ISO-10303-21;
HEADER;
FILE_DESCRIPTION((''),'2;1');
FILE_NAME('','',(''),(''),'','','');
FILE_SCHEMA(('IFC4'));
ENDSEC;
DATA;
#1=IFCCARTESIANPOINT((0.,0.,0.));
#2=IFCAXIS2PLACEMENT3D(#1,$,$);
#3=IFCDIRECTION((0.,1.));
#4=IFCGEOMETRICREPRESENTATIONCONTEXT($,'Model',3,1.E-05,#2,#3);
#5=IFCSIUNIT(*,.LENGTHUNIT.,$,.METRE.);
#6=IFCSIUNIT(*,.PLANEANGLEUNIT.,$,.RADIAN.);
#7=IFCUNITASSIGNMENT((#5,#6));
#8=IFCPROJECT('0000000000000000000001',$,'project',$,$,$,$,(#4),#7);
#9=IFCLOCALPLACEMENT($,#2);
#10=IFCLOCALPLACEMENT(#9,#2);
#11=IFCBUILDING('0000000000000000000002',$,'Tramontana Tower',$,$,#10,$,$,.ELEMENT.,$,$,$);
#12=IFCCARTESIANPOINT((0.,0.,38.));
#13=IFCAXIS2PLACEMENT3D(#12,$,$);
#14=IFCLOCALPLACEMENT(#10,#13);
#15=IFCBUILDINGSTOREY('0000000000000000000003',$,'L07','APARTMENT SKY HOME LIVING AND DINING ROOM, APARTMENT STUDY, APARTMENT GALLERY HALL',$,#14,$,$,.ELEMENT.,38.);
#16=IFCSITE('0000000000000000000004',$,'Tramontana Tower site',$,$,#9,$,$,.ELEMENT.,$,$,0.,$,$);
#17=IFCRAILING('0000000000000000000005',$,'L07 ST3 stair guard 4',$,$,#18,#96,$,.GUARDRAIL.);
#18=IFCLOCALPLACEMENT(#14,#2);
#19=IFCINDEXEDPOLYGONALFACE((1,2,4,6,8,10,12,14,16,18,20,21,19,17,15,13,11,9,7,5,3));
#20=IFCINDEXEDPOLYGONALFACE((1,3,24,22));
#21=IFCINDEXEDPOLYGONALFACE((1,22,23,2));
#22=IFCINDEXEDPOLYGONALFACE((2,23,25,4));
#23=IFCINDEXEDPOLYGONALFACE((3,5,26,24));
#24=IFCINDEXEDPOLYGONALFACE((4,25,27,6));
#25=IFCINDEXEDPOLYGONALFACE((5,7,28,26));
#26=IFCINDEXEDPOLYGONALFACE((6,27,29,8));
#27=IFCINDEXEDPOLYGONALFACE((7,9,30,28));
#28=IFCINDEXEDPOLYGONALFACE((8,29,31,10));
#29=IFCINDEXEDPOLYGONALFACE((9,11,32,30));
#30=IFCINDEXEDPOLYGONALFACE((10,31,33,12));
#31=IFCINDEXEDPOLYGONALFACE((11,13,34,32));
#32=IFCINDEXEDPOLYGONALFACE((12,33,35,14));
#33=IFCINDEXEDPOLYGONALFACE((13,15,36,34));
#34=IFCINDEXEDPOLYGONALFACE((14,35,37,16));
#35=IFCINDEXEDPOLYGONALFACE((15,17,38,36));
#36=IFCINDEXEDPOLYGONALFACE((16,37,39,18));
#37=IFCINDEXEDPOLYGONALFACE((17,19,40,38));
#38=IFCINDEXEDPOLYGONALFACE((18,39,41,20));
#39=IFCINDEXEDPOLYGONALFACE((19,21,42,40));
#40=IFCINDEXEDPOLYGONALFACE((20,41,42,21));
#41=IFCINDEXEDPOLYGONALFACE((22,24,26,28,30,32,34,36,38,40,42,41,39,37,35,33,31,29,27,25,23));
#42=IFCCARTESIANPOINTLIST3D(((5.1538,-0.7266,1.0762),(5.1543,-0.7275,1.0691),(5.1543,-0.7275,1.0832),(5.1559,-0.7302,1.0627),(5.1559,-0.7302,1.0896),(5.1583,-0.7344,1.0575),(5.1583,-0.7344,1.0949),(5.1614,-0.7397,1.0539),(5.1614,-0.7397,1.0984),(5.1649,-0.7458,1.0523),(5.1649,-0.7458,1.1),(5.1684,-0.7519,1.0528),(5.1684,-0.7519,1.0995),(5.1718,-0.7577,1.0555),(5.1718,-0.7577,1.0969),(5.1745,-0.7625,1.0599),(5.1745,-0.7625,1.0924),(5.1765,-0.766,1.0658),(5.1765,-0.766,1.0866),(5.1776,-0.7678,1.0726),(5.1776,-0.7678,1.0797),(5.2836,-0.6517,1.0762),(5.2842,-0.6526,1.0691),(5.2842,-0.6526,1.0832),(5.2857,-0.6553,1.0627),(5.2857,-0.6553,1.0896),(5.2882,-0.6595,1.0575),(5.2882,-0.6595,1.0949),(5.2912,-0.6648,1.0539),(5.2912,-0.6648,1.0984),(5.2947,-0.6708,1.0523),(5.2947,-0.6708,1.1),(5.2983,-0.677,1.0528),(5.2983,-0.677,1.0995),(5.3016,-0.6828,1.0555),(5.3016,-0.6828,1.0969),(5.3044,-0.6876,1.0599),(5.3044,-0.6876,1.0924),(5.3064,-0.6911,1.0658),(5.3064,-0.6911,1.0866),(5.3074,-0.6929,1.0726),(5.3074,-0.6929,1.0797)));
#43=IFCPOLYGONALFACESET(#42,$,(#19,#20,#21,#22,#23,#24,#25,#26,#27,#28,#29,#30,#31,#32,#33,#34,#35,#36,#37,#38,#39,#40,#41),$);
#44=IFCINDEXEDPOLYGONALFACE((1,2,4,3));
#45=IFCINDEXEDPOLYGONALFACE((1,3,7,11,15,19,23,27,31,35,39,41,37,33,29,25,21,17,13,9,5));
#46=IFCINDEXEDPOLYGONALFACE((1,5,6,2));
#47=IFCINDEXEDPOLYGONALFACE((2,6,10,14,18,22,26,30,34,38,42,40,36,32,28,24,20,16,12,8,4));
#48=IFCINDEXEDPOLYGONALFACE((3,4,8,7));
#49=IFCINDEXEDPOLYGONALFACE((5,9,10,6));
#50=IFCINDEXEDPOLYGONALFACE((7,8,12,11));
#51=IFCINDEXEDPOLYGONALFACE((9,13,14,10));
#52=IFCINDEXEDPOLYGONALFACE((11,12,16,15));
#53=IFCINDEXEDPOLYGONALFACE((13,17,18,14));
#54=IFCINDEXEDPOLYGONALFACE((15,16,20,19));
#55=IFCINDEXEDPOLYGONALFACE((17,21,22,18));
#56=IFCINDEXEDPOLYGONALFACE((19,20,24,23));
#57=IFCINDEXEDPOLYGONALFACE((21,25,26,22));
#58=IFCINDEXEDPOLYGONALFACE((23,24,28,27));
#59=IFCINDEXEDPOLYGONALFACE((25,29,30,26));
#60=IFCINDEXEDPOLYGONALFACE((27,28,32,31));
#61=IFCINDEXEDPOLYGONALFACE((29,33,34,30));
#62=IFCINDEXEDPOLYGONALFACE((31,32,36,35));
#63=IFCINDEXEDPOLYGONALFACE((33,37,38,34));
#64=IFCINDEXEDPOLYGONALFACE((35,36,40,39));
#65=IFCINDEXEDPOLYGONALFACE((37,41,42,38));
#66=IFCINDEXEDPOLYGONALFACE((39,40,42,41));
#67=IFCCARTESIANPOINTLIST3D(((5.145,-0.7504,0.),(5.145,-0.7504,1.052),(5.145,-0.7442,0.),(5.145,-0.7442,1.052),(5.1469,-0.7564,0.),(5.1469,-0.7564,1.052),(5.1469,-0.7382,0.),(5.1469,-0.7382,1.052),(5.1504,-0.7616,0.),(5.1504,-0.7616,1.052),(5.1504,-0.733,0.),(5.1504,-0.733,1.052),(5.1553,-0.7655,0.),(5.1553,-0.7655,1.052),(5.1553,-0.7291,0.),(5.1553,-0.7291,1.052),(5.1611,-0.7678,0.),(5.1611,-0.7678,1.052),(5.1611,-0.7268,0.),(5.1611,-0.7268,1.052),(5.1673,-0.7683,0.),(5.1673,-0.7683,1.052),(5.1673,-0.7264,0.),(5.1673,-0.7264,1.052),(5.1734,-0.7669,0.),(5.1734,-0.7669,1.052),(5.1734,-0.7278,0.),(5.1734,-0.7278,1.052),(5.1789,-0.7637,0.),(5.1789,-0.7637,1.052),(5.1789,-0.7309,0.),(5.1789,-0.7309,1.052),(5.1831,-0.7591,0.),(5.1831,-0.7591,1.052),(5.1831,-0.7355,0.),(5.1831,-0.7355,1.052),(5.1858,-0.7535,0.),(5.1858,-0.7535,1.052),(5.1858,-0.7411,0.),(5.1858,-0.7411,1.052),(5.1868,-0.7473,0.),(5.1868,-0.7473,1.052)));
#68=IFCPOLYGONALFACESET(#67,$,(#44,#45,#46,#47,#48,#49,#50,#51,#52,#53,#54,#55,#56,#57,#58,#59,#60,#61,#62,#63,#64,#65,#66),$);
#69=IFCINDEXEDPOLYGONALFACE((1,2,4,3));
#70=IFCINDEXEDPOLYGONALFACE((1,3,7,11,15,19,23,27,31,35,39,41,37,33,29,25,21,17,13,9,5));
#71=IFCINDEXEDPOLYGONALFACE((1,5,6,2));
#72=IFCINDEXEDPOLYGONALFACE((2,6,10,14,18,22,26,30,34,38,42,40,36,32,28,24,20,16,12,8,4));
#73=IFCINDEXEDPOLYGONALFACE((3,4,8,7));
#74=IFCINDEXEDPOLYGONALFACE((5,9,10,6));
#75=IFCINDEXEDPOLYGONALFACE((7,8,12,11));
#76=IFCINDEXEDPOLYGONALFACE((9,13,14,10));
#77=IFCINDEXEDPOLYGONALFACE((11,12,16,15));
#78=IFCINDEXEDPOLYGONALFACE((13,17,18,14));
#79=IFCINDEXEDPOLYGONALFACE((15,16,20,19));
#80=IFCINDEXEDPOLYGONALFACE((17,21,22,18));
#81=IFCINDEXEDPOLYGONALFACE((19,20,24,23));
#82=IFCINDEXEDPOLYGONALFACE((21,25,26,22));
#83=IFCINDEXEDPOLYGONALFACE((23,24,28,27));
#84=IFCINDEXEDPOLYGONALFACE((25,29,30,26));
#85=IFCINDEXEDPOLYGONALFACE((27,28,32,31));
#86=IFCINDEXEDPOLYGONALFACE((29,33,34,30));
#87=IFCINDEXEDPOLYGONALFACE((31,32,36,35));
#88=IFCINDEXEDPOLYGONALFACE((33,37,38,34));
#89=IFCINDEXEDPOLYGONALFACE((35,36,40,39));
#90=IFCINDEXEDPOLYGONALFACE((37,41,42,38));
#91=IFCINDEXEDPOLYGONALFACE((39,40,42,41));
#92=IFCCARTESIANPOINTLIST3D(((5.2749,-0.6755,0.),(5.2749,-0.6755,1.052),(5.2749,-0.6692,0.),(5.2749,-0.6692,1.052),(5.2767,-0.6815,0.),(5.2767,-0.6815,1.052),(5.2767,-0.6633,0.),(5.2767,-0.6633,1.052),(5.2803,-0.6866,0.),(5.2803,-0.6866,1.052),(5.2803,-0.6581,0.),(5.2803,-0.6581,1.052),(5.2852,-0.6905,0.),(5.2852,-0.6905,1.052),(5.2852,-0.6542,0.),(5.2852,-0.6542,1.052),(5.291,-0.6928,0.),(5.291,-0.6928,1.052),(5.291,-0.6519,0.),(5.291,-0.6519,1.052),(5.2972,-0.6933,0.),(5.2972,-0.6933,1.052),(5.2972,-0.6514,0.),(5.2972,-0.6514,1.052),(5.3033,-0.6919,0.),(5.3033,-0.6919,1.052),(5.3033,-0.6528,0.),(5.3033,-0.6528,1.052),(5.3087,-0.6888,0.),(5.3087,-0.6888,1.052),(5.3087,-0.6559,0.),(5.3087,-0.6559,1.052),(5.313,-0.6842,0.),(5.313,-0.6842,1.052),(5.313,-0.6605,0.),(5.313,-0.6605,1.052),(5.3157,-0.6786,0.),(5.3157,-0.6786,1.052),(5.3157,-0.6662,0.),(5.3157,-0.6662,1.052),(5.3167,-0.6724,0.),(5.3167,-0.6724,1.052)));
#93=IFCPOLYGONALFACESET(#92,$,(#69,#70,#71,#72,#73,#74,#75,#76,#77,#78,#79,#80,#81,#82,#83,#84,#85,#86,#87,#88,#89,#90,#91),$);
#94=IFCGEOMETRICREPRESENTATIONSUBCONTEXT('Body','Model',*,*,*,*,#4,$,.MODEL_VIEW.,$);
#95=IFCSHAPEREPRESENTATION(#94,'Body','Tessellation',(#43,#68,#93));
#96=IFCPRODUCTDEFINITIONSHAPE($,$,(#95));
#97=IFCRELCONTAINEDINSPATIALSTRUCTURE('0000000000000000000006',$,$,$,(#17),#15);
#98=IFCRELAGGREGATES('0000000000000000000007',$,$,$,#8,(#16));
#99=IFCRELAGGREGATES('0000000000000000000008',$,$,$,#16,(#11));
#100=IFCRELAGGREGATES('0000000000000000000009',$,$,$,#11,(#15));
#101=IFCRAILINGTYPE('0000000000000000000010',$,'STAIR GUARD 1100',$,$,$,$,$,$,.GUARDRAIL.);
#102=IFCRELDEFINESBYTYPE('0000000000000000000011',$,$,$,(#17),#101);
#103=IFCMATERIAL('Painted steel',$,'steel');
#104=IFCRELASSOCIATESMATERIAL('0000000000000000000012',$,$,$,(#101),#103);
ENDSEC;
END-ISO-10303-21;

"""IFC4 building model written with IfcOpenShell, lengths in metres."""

from ifc_helpers import new_model, si_unit, direction, frame, origin, origin_2d, place, context, subcontext, project, spatial, circle, extrude, material, type_object, element, save


model = new_model("IFC4")

# Units and contexts
model_context = context("Model", 3, precision=1e-05, world=origin(), true_north=direction((0.0, 1.0)))
body_context = subcontext(model_context, "Body", "Model", "MODEL_VIEW")
ifc_project = project(units=[si_unit("LENGTHUNIT", "METRE"), si_unit("PLANEANGLEUNIT", "RADIAN")], contexts=[model_context])

# Site, building, storey
site_placement = place(None, origin())
site = spatial("IfcSite", under=ifc_project, at=site_placement, Name="Tramontana Tower site", CompositionType="ELEMENT", RefElevation=0.0)
building_placement = place(site_placement, origin())
building = spatial("IfcBuilding", under=site, at=building_placement, Name="Tramontana Tower", CompositionType="ELEMENT")
storey_placement = place(building_placement, frame((0.0, 0.0, 38.0)))
storey = spatial("IfcBuildingStorey", under=building, at=storey_placement, Name="L07", Description="APARTMENT SKY HOME LIVING AND DINING ROOM, APARTMENT STUDY, APARTMENT GALLERY HALL", CompositionType="ELEMENT", Elevation=38.0)

# Railing
ifc_material_1 = material(Name="Painted steel", Category="steel")
railing_type = type_object("IfcRailingType", Name="STAIR GUARD 1100", PredefinedType="GUARDRAIL", material=ifc_material_1)
railing_1_placement = place(storey_placement, frame((5.1658, -0.7473, 0.0)))
element("IfcRailing", 1, at=railing_1_placement, inside=storey, type_object=railing_type, Name="L07 ST3 stair guard 4", PredefinedType="GUARDRAIL", context=body_context, shape_type="SweptSolid", body=[
    extrude(circle(Radius=0.0239, at=origin_2d()), frame((0.0, 0.0, 1.0762), z_axis=(0.866131, 0.499816, 0.0), x_axis=(-0.499816, 0.866131, 0.0)), (0.0, 0.0, 1.0), 0.1499),
    extrude(circle(Radius=0.021, at=origin_2d()), origin(), (0.0, 0.0, 1.0), 1.052),
    extrude(circle(Radius=0.021, at=origin_2d()), frame((0.1299, 0.075, 0.0)), (0.0, 0.0, 1.0), 1.052),
])

save(model, "model.ifc")
